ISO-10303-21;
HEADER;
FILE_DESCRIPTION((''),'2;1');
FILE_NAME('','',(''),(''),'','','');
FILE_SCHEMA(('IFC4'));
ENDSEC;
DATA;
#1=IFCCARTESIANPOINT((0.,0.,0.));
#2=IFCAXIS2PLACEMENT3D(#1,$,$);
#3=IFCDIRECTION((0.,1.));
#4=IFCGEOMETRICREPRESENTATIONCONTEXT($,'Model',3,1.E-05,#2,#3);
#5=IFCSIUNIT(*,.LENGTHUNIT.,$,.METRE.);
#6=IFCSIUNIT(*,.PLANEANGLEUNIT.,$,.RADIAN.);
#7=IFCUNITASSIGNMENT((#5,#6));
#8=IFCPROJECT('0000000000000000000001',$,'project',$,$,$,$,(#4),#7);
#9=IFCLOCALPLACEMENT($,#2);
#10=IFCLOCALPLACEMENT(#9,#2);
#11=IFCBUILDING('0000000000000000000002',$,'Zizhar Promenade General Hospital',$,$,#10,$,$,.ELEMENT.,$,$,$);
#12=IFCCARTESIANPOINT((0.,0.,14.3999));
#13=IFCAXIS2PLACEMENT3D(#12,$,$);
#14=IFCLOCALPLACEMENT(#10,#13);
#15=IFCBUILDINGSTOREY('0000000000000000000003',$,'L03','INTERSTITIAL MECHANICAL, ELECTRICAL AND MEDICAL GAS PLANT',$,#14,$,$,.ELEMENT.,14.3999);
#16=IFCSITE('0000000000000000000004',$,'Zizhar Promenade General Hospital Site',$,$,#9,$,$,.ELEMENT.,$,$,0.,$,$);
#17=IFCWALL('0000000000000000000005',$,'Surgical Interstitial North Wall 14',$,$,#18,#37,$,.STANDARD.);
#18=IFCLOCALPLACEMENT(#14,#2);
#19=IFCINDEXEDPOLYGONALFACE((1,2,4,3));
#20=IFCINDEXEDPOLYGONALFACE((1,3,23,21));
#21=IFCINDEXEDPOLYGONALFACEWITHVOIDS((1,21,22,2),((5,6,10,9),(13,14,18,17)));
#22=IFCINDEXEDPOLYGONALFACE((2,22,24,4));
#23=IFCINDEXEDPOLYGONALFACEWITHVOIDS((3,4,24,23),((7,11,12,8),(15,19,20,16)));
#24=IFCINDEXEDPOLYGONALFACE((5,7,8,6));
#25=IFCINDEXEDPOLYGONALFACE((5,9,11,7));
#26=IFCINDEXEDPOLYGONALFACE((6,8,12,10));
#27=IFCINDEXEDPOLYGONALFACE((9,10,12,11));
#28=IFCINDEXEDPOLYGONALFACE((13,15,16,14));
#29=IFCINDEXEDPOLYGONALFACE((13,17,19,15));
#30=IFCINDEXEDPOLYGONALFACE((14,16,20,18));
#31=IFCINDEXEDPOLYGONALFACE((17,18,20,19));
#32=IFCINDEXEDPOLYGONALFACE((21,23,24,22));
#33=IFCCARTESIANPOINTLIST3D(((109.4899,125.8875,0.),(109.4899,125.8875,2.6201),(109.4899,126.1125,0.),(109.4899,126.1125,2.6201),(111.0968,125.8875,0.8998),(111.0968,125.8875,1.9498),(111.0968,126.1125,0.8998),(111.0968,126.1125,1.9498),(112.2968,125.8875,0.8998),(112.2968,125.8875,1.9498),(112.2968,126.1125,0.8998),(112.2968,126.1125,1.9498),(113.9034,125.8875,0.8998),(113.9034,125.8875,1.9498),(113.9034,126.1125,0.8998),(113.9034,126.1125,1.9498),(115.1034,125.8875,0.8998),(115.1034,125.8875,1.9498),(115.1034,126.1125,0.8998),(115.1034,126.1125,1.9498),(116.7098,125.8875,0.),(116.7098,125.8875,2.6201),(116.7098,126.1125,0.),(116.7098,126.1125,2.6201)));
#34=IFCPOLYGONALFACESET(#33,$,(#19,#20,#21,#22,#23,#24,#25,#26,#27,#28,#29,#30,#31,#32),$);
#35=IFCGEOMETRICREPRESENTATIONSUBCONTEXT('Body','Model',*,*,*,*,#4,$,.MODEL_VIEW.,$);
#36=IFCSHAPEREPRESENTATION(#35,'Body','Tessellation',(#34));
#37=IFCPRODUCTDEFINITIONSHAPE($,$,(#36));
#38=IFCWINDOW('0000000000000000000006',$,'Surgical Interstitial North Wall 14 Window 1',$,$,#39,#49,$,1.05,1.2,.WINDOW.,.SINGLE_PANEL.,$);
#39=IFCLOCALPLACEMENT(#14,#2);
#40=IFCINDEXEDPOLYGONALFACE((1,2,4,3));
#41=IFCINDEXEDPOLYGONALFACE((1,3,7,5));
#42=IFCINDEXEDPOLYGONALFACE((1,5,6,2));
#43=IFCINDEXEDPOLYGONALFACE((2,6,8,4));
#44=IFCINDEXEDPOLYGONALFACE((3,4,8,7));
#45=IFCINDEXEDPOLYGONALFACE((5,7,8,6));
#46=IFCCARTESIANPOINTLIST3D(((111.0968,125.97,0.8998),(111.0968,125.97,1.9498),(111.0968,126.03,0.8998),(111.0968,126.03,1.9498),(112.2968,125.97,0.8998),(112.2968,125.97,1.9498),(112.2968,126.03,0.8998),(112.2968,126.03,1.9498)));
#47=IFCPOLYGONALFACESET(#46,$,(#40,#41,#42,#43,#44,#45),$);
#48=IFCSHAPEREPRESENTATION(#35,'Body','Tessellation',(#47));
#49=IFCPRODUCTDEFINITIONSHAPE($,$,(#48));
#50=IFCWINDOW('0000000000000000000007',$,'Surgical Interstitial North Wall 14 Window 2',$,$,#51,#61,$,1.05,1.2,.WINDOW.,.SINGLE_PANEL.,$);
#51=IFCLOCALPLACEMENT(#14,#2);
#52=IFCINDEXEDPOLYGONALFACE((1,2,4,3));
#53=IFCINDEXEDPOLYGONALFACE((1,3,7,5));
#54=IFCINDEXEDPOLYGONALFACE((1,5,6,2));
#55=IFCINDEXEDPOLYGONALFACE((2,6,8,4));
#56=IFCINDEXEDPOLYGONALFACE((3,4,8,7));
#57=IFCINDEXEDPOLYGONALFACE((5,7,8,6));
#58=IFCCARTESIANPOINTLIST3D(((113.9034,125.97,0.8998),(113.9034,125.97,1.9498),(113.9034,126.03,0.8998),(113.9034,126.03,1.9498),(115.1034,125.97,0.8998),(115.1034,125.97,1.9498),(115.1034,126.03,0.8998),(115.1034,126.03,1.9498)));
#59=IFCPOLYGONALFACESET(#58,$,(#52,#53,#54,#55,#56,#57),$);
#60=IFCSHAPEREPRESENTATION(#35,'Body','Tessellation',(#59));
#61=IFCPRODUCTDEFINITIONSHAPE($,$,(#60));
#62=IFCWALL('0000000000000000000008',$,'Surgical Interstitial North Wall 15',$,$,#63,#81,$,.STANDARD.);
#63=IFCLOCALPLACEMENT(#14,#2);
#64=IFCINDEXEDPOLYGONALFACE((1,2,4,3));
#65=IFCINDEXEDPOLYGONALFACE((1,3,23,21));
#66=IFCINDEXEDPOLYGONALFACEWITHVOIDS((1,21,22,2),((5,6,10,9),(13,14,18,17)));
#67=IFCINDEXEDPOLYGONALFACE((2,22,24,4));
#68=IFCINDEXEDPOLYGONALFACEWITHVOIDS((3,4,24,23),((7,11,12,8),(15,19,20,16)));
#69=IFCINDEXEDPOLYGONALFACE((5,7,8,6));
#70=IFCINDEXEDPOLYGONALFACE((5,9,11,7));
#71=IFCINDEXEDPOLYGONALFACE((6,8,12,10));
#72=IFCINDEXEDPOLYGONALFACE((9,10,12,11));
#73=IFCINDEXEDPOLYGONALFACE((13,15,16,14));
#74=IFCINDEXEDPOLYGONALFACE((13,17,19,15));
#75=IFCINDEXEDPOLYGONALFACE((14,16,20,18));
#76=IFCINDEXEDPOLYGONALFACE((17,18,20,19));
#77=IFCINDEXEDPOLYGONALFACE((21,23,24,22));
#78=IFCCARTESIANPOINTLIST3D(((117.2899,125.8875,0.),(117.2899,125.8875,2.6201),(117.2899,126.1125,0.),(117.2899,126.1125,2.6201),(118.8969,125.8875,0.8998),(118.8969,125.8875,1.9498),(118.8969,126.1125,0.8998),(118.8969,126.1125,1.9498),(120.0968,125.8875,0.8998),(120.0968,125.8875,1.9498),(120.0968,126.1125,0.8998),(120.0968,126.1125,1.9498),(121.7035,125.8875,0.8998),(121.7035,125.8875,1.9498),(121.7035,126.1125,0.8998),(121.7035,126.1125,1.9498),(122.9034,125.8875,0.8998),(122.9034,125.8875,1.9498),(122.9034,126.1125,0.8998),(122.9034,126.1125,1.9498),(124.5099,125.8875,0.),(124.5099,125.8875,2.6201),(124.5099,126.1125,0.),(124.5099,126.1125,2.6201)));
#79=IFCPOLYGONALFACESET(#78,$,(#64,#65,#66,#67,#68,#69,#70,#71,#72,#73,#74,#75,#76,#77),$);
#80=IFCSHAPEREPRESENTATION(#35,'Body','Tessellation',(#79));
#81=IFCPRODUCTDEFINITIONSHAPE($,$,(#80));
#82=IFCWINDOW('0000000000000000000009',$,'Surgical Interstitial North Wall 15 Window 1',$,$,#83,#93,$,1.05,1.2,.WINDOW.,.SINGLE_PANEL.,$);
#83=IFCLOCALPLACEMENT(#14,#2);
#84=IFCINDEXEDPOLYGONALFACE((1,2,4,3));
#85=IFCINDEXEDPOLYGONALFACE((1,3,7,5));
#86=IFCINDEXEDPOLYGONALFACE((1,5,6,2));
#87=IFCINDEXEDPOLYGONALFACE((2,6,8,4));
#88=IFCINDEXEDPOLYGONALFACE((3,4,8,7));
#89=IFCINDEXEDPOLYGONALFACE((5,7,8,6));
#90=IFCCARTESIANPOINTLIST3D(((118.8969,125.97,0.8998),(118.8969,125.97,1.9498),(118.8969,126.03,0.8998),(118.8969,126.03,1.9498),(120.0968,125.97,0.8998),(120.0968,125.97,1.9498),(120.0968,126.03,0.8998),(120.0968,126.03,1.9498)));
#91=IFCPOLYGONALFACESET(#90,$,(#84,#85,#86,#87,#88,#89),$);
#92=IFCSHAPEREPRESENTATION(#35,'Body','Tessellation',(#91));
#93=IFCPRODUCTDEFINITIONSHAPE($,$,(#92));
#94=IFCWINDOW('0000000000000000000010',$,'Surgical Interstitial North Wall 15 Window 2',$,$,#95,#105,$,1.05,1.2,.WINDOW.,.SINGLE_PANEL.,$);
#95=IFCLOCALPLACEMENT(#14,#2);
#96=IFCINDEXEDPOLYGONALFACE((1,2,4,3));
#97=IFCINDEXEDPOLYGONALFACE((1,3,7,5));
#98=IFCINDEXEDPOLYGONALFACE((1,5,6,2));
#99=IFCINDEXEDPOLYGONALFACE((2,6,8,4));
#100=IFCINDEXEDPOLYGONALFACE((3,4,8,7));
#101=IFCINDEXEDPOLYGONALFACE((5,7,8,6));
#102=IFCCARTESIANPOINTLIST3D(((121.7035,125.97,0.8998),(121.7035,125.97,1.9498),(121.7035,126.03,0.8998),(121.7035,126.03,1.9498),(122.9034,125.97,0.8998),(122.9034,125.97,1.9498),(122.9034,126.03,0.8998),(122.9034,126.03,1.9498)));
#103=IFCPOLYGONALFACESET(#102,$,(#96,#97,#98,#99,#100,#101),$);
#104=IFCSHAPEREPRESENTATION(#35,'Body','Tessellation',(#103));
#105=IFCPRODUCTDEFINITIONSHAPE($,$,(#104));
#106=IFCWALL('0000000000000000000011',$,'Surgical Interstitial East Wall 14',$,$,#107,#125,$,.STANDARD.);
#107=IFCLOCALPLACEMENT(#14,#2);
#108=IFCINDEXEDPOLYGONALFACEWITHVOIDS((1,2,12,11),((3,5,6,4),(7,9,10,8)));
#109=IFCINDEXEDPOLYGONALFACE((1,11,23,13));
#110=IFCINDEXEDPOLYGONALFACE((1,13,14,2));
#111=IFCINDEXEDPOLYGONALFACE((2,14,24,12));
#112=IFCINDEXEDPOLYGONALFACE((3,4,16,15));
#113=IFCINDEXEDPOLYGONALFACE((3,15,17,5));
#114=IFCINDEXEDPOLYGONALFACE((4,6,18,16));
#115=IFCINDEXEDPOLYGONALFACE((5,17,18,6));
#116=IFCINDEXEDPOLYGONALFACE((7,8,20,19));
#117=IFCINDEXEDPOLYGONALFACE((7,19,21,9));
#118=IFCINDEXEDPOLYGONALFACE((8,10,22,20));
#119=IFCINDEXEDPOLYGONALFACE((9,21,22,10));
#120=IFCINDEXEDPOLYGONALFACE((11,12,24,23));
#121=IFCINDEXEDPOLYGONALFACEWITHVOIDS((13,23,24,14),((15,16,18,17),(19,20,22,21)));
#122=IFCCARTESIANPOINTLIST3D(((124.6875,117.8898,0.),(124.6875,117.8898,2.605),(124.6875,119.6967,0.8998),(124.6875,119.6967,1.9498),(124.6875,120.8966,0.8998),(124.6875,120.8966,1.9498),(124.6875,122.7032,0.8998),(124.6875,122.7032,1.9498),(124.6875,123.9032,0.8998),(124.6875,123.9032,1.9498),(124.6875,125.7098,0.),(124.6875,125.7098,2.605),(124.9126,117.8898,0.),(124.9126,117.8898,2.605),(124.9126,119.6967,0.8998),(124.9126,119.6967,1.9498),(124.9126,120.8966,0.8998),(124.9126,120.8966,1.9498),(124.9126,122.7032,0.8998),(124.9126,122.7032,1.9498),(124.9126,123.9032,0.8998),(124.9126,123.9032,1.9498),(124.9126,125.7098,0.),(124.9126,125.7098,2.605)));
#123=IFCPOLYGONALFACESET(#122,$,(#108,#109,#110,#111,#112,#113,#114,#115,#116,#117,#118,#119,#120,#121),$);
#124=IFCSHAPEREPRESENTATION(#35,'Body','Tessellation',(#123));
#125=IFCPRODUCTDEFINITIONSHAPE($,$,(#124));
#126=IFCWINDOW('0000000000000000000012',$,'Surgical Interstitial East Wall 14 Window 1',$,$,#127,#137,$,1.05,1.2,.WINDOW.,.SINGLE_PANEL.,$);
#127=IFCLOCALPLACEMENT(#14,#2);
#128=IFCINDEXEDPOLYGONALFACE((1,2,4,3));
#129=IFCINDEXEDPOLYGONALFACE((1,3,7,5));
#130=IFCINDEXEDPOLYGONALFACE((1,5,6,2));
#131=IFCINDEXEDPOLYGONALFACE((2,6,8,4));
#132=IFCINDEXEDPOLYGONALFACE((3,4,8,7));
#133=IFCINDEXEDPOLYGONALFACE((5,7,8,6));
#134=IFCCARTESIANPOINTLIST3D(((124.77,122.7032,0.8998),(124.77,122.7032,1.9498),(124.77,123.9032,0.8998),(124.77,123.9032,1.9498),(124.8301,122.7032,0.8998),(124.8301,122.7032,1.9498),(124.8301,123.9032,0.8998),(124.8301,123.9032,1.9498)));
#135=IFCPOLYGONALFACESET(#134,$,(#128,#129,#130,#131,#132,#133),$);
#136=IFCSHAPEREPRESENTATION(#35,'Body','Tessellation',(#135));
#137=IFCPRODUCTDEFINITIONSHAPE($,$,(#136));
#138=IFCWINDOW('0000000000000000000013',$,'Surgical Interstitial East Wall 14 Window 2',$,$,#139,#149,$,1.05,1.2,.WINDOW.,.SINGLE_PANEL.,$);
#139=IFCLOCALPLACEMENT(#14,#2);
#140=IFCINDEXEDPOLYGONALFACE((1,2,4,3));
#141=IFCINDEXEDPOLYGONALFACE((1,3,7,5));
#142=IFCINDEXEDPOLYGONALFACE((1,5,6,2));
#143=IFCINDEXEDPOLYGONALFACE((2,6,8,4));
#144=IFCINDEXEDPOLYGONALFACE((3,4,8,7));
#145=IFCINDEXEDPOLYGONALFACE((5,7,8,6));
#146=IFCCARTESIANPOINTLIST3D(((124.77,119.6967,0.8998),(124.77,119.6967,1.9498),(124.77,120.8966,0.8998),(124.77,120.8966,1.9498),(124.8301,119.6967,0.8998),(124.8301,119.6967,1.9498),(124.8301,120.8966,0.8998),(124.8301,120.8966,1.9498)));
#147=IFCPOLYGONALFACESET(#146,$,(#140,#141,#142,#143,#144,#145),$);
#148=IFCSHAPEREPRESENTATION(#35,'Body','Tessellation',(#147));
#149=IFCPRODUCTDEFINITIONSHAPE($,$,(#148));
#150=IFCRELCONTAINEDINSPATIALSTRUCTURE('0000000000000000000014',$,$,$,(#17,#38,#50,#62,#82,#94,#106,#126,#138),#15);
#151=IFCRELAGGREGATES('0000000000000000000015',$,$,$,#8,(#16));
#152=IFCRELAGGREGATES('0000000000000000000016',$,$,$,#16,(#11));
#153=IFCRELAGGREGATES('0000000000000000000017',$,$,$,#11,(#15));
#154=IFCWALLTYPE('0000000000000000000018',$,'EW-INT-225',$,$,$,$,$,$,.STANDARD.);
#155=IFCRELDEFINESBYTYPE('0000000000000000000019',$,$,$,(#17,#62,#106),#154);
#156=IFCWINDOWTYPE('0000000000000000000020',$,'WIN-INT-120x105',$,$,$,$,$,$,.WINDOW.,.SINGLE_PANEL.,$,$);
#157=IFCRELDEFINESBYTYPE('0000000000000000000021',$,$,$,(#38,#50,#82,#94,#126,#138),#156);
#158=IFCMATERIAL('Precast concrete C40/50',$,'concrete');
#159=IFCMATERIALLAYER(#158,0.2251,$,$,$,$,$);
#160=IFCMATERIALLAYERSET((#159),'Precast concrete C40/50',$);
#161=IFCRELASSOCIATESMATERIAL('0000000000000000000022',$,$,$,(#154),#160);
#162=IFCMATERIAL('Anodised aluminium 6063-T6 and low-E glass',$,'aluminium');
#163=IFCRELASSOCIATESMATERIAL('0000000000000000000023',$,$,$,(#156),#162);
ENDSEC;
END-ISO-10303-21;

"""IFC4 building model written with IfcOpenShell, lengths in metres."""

from ifc_helpers import new_model, si_unit, direction, frame, frame_2d, origin, place, context, subcontext, project, spatial, rectangle, extrude, material, layer, layer_set, type_object, element, fill, save


model = new_model("IFC4")

# Units and contexts
model_context = context("Model", 3, precision=1e-05, world=origin(), true_north=direction((0.0, 1.0)))
body_context = subcontext(model_context, "Body", "Model", "MODEL_VIEW")
ifc_project = project(units=[si_unit("LENGTHUNIT", "METRE"), si_unit("PLANEANGLEUNIT", "RADIAN")], contexts=[model_context])

# Site, building, storey
site_placement = place(None, origin())
site = spatial("IfcSite", under=ifc_project, at=site_placement, Name="Zizhar Promenade General Hospital Site", CompositionType="ELEMENT", RefElevation=0.0)
building_placement = place(site_placement, origin())
building = spatial("IfcBuilding", under=site, at=building_placement, Name="Zizhar Promenade General Hospital", CompositionType="ELEMENT")
storey_placement = place(building_placement, frame((0.0, 0.0, 14.3999)))
storey = spatial("IfcBuildingStorey", under=building, at=storey_placement, Name="L03", Description="INTERSTITIAL MECHANICAL, ELECTRICAL AND MEDICAL GAS PLANT", CompositionType="ELEMENT", Elevation=14.3999)

# Walls, openings, windows
ifc_material_1 = material(Name="Precast concrete C40/50", Category="concrete")
ifc_layer_1 = layer(ifc_material_1, 0.2251)
ifc_layer_set_1 = layer_set([ifc_layer_1], Name="Precast concrete C40/50")
wall_type = type_object("IfcWallType", Name="EW-INT-225", PredefinedType="STANDARD", material=ifc_layer_set_1)
wall_1_placement = place(storey_placement, frame((109.49, 126.0, 0.0), z_axis=(0.0, 0.0, 1.0), x_axis=(1.0, 0.0, 0.0)))
wall_1 = element("IfcWall", 1, at=wall_1_placement, inside=storey, type_object=wall_type, Name="Surgical Interstitial North Wall 14", PredefinedType="STANDARD", context=body_context, shape_type="SweptSolid", body=[
    extrude(rectangle(XDim=7.22, YDim=0.2251, at=frame_2d((3.6099, 0.0))), origin(), (0.0, 0.0, 1.0), 2.6201),
])
opening_1_placement = place(wall_1_placement, frame((1.6067, 0.0, 0.8999)))
opening_1 = element("IfcOpeningElement", 2, at=opening_1_placement, cuts=wall_1, PredefinedType="OPENING", context=body_context, shape_type="SweptSolid", body=[
    extrude(rectangle(XDim=1.2, YDim=1.05, at=frame_2d((0.6001, 0.5249))), frame((0.0, 0.1226, 0.0), z_axis=(0.0, -1.0, 0.0), x_axis=(1.0, 0.0, 0.0)), (0.0, 0.0, 1.0), 0.2451),
])
opening_2_placement = place(wall_1_placement, frame((4.4133, 0.0, 0.8999)))
opening_2 = element("IfcOpeningElement", 3, at=opening_2_placement, cuts=wall_1, PredefinedType="OPENING", context=body_context, shape_type="SweptSolid", body=[
    extrude(rectangle(XDim=1.2, YDim=1.05, at=frame_2d((0.6001, 0.5249))), frame((0.0, 0.1226, 0.0), z_axis=(0.0, -1.0, 0.0), x_axis=(1.0, 0.0, 0.0)), (0.0, 0.0, 1.0), 0.2451),
])
ifc_material_2 = material(Name="Anodised aluminium 6063-T6 and low-E glass", Category="aluminium")
window_type = type_object("IfcWindowType", Name="WIN-INT-120x105", PartitioningType="SINGLE_PANEL", PredefinedType="WINDOW", material=ifc_material_2)
window_1_placement = place(opening_1_placement, origin())
window_1 = element("IfcWindow", 4, at=window_1_placement, inside=storey, type_object=window_type, Name="Surgical Interstitial North Wall 14 Window 1", OverallHeight=1.05, OverallWidth=1.2, PartitioningType="SINGLE_PANEL", PredefinedType="WINDOW", context=body_context, shape_type="SweptSolid", body=[
    extrude(rectangle(XDim=1.2, YDim=1.05, at=frame_2d((0.6001, 0.5249))), frame((0.0, 0.03, 0.0), z_axis=(0.0, -1.0, 0.0), x_axis=(1.0, 0.0, 0.0)), (0.0, 0.0, 1.0), 0.0601),
])
fill(opening_1, window_1)
window_2_placement = place(opening_2_placement, origin())
window_2 = element("IfcWindow", 5, at=window_2_placement, inside=storey, type_object=window_type, Name="Surgical Interstitial North Wall 14 Window 2", OverallHeight=1.05, OverallWidth=1.2, PartitioningType="SINGLE_PANEL", PredefinedType="WINDOW", context=body_context, shape_type="SweptSolid", body=[
    extrude(rectangle(XDim=1.2, YDim=1.05, at=frame_2d((0.6001, 0.5249))), frame((0.0, 0.03, 0.0), z_axis=(0.0, -1.0, 0.0), x_axis=(1.0, 0.0, 0.0)), (0.0, 0.0, 1.0), 0.0601),
])
fill(opening_2, window_2)
wall_2_placement = place(storey_placement, frame((117.29, 126.0, 0.0), z_axis=(0.0, 0.0, 1.0), x_axis=(1.0, 0.0, 0.0)))
wall_2 = element("IfcWall", 6, at=wall_2_placement, inside=storey, type_object=wall_type, Name="Surgical Interstitial North Wall 15", PredefinedType="STANDARD", context=body_context, shape_type="SweptSolid", body=[
    extrude(rectangle(XDim=7.22, YDim=0.2251, at=frame_2d((3.6099, 0.0))), origin(), (0.0, 0.0, 1.0), 2.6201),
])
opening_3_placement = place(wall_2_placement, frame((1.6067, 0.0, 0.8999)))
opening_3 = element("IfcOpeningElement", 7, at=opening_3_placement, cuts=wall_2, PredefinedType="OPENING", context=body_context, shape_type="SweptSolid", body=[
    extrude(rectangle(XDim=1.2, YDim=1.05, at=frame_2d((0.6001, 0.5249))), frame((0.0, 0.1226, 0.0), z_axis=(0.0, -1.0, 0.0), x_axis=(1.0, 0.0, 0.0)), (0.0, 0.0, 1.0), 0.2451),
])
opening_4_placement = place(wall_2_placement, frame((4.4133, 0.0, 0.8999)))
opening_4 = element("IfcOpeningElement", 8, at=opening_4_placement, cuts=wall_2, PredefinedType="OPENING", context=body_context, shape_type="SweptSolid", body=[
    extrude(rectangle(XDim=1.2, YDim=1.05, at=frame_2d((0.6001, 0.5249))), frame((0.0, 0.1226, 0.0), z_axis=(0.0, -1.0, 0.0), x_axis=(1.0, 0.0, 0.0)), (0.0, 0.0, 1.0), 0.2451),
])
window_3_placement = place(opening_3_placement, origin())
window_3 = element("IfcWindow", 9, at=window_3_placement, inside=storey, type_object=window_type, Name="Surgical Interstitial North Wall 15 Window 1", OverallHeight=1.05, OverallWidth=1.2, PartitioningType="SINGLE_PANEL", PredefinedType="WINDOW", context=body_context, shape_type="SweptSolid", body=[
    extrude(rectangle(XDim=1.2, YDim=1.05, at=frame_2d((0.6001, 0.5249))), frame((0.0, 0.03, 0.0), z_axis=(0.0, -1.0, 0.0), x_axis=(1.0, 0.0, 0.0)), (0.0, 0.0, 1.0), 0.0601),
])
fill(opening_3, window_3)
window_4_placement = place(opening_4_placement, origin())
window_4 = element("IfcWindow", 10, at=window_4_placement, inside=storey, type_object=window_type, Name="Surgical Interstitial North Wall 15 Window 2", OverallHeight=1.05, OverallWidth=1.2, PartitioningType="SINGLE_PANEL", PredefinedType="WINDOW", context=body_context, shape_type="SweptSolid", body=[
    extrude(rectangle(XDim=1.2, YDim=1.05, at=frame_2d((0.6001, 0.5249))), frame((0.0, 0.03, 0.0), z_axis=(0.0, -1.0, 0.0), x_axis=(1.0, 0.0, 0.0)), (0.0, 0.0, 1.0), 0.0601),
])
fill(opening_4, window_4)
wall_3_placement = place(storey_placement, frame((124.8, 125.71, 0.0), z_axis=(0.0, 0.0, 1.0), x_axis=(0.0, -1.0, 0.0)))
wall_3 = element("IfcWall", 11, at=wall_3_placement, inside=storey, type_object=wall_type, Name="Surgical Interstitial East Wall 14", PredefinedType="STANDARD", context=body_context, shape_type="SweptSolid", body=[
    extrude(rectangle(XDim=7.8201, YDim=0.2251, at=frame_2d((3.9102, 0.0))), origin(), (0.0, 0.0, 1.0), 2.605),
])
opening_5_placement = place(wall_3_placement, frame((1.8066, 0.0, 0.8999)))
opening_5 = element("IfcOpeningElement", 12, at=opening_5_placement, cuts=wall_3, PredefinedType="OPENING", context=body_context, shape_type="SweptSolid", body=[
    extrude(rectangle(XDim=1.2, YDim=1.05, at=frame_2d((0.6001, 0.5249))), frame((0.0, 0.1226, 0.0), z_axis=(0.0, -1.0, 0.0), x_axis=(1.0, 0.0, 0.0)), (0.0, 0.0, 1.0), 0.2451),
])
opening_6_placement = place(wall_3_placement, frame((4.8132, 0.0, 0.8999)))
opening_6 = element("IfcOpeningElement", 13, at=opening_6_placement, cuts=wall_3, PredefinedType="OPENING", context=body_context, shape_type="SweptSolid", body=[
    extrude(rectangle(XDim=1.2, YDim=1.05, at=frame_2d((0.6001, 0.5249))), frame((0.0, 0.1226, 0.0), z_axis=(0.0, -1.0, 0.0), x_axis=(1.0, 0.0, 0.0)), (0.0, 0.0, 1.0), 0.2451),
])
window_5_placement = place(opening_5_placement, origin())
window_5 = element("IfcWindow", 14, at=window_5_placement, inside=storey, type_object=window_type, Name="Surgical Interstitial East Wall 14 Window 1", OverallHeight=1.05, OverallWidth=1.2, PartitioningType="SINGLE_PANEL", PredefinedType="WINDOW", context=body_context, shape_type="SweptSolid", body=[
    extrude(rectangle(XDim=1.2, YDim=1.05, at=frame_2d((0.6001, 0.5249))), frame((0.0, 0.03, 0.0), z_axis=(0.0, -1.0, 0.0), x_axis=(1.0, 0.0, 0.0)), (0.0, 0.0, 1.0), 0.0601),
])
fill(opening_5, window_5)
window_6_placement = place(opening_6_placement, origin())
window_6 = element("IfcWindow", 15, at=window_6_placement, inside=storey, type_object=window_type, Name="Surgical Interstitial East Wall 14 Window 2", OverallHeight=1.05, OverallWidth=1.2, PartitioningType="SINGLE_PANEL", PredefinedType="WINDOW", context=body_context, shape_type="SweptSolid", body=[
    extrude(rectangle(XDim=1.2, YDim=1.05, at=frame_2d((0.6001, 0.5249))), frame((0.0, 0.03, 0.0), z_axis=(0.0, -1.0, 0.0), x_axis=(1.0, 0.0, 0.0)), (0.0, 0.0, 1.0), 0.0601),
])
fill(opening_6, window_6)

save(model, "model.ifc")
